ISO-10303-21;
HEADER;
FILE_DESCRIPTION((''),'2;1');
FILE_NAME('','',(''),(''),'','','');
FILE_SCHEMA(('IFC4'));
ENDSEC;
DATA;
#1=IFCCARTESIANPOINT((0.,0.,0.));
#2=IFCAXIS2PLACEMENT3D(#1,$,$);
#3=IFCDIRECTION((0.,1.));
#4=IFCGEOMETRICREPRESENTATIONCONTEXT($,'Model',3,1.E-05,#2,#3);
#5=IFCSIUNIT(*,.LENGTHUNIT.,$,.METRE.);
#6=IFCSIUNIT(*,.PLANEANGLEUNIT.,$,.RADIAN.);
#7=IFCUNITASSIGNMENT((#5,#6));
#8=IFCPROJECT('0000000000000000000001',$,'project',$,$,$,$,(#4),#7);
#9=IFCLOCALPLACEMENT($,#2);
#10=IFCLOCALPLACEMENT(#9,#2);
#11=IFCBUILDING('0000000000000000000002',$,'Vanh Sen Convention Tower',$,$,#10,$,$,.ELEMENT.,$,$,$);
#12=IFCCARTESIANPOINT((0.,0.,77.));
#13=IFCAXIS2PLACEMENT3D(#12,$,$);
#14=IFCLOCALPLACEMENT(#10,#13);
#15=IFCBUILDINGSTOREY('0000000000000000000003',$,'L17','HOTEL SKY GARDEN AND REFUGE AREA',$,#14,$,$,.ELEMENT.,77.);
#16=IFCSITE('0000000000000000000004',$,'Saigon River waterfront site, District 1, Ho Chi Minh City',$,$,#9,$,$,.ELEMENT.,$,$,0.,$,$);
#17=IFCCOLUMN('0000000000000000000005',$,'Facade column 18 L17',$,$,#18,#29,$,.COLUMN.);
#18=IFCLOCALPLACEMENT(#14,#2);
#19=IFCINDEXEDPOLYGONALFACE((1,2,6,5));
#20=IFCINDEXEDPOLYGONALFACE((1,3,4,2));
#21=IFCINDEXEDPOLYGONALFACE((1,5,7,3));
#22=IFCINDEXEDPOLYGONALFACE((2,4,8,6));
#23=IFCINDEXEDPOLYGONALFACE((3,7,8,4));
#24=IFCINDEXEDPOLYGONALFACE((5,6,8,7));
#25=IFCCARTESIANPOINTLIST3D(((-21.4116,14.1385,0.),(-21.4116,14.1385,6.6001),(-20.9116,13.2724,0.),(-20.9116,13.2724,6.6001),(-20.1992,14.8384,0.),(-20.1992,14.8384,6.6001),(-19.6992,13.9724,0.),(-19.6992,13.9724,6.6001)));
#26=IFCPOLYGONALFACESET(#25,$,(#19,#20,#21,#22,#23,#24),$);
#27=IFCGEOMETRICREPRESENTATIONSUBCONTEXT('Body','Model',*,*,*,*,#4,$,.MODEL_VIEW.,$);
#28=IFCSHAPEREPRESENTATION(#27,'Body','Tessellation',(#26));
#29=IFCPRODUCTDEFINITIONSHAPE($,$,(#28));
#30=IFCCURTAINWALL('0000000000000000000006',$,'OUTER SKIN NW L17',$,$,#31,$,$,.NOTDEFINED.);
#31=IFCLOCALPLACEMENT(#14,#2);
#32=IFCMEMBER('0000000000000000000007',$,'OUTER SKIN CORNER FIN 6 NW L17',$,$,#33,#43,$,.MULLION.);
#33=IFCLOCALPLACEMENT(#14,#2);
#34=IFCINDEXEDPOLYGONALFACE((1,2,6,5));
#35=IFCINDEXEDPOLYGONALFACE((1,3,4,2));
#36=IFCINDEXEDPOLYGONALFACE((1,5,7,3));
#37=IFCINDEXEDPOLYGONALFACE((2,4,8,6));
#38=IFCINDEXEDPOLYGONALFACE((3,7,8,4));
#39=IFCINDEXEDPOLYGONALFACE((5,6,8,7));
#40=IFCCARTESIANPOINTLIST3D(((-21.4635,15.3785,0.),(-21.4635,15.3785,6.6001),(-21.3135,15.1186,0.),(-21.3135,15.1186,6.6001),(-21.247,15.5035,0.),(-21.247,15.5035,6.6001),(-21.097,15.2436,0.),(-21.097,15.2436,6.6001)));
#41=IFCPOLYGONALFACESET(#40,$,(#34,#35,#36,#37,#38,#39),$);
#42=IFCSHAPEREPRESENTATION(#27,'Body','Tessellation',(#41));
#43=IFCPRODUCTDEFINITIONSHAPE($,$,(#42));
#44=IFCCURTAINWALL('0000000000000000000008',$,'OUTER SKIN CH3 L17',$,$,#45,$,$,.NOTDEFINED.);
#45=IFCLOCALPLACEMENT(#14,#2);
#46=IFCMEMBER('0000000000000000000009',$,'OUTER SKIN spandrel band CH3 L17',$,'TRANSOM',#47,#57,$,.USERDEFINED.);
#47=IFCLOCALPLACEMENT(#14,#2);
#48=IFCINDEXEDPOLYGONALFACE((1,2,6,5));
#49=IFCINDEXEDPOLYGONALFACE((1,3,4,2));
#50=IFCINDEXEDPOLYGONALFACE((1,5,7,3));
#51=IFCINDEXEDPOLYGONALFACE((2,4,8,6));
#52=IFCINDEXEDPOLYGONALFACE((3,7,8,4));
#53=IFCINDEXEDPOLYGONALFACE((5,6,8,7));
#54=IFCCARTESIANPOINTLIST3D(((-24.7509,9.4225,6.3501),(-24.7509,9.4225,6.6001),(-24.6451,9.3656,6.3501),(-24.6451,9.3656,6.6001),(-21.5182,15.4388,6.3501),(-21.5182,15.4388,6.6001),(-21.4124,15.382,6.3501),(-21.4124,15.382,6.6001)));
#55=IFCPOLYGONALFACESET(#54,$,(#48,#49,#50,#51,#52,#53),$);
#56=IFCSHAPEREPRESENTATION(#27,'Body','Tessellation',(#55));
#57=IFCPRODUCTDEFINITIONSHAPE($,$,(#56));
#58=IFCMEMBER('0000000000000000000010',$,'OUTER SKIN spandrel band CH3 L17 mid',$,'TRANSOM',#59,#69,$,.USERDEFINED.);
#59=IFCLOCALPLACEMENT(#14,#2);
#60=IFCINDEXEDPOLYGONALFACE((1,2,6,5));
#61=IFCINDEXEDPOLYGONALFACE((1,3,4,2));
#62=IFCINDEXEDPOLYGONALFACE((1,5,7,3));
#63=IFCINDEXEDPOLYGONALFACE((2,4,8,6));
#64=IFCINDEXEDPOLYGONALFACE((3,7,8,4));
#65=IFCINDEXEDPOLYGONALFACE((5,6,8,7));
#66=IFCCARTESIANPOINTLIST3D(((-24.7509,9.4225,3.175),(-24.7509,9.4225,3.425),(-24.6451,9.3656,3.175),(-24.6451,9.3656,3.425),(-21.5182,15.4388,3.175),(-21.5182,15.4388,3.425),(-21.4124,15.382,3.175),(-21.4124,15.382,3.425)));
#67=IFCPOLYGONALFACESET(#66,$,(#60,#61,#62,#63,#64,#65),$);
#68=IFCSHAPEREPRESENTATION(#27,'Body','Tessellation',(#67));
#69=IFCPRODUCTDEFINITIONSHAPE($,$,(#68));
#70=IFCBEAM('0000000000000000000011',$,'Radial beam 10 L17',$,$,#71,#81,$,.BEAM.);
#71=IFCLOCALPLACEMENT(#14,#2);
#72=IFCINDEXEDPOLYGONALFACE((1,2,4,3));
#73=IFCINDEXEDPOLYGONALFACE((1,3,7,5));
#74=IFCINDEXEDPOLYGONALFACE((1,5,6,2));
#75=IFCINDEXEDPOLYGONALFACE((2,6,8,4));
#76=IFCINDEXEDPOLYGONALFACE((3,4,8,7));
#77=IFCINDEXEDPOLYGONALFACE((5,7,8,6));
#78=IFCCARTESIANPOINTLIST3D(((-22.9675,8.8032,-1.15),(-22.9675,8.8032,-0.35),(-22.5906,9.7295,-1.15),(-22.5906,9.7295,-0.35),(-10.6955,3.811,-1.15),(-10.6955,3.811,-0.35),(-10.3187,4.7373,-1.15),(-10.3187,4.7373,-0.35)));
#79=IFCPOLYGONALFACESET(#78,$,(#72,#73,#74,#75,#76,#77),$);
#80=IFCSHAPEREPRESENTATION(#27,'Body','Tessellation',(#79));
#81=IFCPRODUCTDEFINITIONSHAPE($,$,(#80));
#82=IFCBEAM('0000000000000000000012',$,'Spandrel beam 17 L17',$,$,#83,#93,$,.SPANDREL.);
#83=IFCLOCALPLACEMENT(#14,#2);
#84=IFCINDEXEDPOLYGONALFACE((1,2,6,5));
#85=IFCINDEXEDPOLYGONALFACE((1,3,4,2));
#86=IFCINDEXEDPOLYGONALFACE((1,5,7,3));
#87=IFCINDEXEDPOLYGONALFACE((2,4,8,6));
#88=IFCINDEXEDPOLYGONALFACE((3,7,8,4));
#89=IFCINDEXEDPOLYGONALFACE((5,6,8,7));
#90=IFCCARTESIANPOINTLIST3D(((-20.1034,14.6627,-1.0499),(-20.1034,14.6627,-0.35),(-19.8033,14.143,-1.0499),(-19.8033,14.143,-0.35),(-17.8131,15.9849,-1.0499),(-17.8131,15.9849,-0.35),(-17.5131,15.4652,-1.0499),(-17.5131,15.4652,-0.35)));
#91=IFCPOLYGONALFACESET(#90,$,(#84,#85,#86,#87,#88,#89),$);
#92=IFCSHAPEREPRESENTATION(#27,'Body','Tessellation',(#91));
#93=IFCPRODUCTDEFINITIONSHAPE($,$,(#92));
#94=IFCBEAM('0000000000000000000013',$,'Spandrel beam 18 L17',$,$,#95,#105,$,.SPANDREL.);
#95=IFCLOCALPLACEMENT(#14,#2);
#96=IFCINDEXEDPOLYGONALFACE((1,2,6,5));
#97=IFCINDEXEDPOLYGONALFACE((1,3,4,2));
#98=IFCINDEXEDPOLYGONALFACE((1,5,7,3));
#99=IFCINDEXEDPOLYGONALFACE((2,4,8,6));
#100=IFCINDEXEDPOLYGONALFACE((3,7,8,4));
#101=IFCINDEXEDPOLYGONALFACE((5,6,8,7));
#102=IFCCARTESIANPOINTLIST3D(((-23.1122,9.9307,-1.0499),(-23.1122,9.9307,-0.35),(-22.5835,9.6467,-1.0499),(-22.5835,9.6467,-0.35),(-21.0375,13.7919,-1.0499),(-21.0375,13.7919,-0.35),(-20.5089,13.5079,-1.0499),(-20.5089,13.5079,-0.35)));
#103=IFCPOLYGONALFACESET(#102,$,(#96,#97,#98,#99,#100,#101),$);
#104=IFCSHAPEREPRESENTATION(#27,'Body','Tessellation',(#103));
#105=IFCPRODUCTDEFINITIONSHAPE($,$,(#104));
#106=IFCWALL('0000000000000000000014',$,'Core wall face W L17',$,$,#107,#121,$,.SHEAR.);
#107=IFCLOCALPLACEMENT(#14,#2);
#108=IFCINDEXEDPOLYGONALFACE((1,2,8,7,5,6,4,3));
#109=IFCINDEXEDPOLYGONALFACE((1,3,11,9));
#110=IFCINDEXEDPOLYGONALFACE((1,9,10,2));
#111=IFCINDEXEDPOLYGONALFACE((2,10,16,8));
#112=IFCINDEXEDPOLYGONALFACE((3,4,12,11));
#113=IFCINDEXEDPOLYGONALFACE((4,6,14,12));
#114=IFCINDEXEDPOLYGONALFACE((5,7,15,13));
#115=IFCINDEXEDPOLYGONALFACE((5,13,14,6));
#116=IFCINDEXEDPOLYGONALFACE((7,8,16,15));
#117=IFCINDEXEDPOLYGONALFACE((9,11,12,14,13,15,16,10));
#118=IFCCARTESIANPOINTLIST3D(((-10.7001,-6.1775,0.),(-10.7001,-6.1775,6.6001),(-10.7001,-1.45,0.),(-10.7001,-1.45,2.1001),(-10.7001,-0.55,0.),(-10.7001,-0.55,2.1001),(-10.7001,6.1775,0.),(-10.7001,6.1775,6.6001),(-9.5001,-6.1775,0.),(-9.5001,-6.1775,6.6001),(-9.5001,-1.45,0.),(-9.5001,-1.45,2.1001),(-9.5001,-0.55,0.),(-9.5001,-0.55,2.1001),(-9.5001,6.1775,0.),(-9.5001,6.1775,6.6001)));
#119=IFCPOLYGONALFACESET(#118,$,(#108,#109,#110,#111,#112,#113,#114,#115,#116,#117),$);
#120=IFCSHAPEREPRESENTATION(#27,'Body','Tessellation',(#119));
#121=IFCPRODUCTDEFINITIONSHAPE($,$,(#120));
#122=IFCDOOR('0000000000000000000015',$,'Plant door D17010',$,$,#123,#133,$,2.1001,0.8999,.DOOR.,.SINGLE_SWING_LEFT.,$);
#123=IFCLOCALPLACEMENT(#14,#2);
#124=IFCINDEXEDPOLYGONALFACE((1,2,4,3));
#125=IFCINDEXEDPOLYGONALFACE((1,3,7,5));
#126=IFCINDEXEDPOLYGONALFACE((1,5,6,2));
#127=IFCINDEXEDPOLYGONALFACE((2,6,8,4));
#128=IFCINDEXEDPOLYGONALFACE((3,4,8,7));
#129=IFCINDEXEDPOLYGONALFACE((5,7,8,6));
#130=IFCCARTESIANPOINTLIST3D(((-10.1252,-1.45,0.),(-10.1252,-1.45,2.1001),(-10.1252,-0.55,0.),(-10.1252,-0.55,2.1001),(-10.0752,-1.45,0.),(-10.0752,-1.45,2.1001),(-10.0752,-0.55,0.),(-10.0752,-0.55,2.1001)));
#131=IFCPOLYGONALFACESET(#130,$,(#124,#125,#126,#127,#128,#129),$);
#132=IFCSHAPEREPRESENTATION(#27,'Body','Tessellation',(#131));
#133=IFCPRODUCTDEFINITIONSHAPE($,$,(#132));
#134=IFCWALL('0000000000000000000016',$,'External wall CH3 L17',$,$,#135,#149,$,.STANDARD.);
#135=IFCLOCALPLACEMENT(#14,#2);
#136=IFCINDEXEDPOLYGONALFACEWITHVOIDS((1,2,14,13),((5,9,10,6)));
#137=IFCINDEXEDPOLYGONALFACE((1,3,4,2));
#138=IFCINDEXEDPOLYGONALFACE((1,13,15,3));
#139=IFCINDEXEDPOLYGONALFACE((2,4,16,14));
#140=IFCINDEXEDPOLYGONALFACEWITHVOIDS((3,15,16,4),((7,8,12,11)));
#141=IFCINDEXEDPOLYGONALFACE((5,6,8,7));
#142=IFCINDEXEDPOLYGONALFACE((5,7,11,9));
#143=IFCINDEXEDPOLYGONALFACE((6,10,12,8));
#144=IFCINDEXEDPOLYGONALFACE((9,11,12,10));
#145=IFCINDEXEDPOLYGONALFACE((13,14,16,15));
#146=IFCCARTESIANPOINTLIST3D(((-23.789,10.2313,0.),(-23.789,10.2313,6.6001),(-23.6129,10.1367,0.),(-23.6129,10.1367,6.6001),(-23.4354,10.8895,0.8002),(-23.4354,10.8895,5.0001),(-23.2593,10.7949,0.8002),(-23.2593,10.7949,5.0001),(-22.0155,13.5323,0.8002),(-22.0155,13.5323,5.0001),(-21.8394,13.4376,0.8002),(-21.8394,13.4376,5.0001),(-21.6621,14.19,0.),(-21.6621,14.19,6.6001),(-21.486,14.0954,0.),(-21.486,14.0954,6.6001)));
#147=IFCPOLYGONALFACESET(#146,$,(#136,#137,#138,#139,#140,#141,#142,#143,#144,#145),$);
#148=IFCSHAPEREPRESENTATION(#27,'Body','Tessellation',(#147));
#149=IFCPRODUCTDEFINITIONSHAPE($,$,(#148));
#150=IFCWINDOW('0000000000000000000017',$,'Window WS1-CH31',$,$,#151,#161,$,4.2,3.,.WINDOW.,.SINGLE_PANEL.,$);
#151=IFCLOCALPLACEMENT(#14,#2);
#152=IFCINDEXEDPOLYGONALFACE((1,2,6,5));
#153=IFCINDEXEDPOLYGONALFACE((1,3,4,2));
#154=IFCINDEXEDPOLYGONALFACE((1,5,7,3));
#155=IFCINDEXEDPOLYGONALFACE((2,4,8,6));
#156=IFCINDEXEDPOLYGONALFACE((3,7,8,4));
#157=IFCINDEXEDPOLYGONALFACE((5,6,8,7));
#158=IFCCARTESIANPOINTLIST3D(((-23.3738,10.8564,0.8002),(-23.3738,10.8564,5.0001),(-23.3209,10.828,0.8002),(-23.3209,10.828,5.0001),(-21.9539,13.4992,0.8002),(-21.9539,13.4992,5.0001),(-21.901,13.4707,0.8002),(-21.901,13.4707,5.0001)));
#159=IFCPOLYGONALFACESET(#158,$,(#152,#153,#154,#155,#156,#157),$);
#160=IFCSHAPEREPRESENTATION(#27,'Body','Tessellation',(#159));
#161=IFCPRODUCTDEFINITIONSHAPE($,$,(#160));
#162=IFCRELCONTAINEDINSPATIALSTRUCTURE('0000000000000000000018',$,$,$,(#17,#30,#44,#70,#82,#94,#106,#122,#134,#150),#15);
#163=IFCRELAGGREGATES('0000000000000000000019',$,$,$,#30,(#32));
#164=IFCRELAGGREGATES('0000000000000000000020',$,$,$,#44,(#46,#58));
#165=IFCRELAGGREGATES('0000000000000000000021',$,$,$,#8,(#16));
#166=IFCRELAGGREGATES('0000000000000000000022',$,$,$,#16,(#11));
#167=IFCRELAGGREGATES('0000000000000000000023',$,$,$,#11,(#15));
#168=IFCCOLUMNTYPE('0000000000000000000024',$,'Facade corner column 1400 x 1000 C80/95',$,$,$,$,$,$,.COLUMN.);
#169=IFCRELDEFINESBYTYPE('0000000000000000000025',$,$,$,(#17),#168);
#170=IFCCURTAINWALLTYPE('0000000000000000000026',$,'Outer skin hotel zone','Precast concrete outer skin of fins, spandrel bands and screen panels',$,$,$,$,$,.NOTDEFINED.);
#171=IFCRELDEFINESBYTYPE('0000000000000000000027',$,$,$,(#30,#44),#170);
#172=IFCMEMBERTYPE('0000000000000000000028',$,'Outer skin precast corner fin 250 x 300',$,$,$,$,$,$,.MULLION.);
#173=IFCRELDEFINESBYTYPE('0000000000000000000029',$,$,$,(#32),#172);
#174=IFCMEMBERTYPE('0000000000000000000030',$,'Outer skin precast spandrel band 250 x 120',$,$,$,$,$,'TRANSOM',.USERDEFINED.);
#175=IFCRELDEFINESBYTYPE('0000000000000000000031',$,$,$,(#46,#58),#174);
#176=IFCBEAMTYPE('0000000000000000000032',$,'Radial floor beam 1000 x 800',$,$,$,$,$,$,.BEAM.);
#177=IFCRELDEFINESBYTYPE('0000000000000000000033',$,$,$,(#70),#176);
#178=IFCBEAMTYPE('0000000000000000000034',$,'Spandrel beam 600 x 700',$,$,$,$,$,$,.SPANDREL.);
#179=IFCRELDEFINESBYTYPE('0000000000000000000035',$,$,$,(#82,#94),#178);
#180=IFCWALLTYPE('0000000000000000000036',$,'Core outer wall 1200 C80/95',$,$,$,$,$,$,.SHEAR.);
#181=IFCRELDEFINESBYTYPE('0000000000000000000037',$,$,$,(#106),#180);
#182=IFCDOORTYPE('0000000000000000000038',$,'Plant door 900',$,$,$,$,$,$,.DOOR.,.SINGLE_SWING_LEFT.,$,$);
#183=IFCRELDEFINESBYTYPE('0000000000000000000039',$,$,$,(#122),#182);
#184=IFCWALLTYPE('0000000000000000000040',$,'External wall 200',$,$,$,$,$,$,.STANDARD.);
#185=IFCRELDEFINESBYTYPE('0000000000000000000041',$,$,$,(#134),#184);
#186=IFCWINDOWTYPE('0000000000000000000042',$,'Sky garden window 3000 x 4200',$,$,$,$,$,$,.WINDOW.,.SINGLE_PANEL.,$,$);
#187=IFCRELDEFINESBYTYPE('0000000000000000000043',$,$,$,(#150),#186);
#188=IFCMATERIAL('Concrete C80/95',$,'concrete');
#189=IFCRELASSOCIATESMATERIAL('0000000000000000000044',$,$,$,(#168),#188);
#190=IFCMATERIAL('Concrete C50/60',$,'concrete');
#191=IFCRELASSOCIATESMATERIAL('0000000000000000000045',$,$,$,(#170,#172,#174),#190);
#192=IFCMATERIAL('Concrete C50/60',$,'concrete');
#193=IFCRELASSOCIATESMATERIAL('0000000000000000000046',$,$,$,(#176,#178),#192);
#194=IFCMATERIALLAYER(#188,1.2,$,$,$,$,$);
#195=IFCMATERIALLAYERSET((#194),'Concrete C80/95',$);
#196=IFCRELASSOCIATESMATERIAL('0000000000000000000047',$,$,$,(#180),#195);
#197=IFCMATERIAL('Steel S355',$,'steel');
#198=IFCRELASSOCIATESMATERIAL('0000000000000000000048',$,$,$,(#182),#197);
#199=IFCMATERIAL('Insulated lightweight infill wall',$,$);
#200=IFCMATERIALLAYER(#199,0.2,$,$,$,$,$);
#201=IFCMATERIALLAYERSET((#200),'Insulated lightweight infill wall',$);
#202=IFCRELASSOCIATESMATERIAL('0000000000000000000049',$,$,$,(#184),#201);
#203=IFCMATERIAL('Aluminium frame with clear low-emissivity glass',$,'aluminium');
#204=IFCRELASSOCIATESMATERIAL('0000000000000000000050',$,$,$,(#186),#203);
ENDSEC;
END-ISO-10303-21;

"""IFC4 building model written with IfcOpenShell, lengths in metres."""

from ifc_helpers import new_model, si_unit, direction, frame, frame_2d, origin, origin_2d, place, context, subcontext, project, spatial, rectangle, extrude, material, layer, layer_set, material_profile, profile_set, type_object, element, fill, aggregate, save


model = new_model("IFC4")

# Units and contexts
model_context = context("Model", 3, precision=1e-05, world=origin(), true_north=direction((0.0, 1.0)))
body_context = subcontext(model_context, "Body", "Model", "MODEL_VIEW")
ifc_project = project(units=[si_unit("LENGTHUNIT", "METRE"), si_unit("PLANEANGLEUNIT", "RADIAN")], contexts=[model_context])

# Site, building, storey
site_placement = place(None, origin())
site = spatial("IfcSite", under=ifc_project, at=site_placement, Name="Saigon River waterfront site, District 1, Ho Chi Minh City", CompositionType="ELEMENT", RefElevation=0.0)
building_placement = place(site_placement, origin())
building = spatial("IfcBuilding", under=site, at=building_placement, Name="Vanh Sen Convention Tower", CompositionType="ELEMENT")
storey_placement = place(building_placement, frame((0.0, 0.0, 77.0)))
storey = spatial("IfcBuildingStorey", under=building, at=storey_placement, Name="L17", Description="HOTEL SKY GARDEN AND REFUGE AREA", CompositionType="ELEMENT", Elevation=77.0)

# Column
ifc_material_1 = material(Name="Concrete C80/95", Category="concrete")
ifc_material_profile_1 = material_profile(ifc_material_1, rectangle(XDim=1.3999, YDim=1.0, at=origin_2d()), Name="RC 1400X1000")
ifc_profile_set_1 = profile_set([ifc_material_profile_1], Name="Concrete C80/95")
column_type = type_object("IfcColumnType", Name="Facade corner column 1400 x 1000 C80/95", PredefinedType="COLUMN", material=ifc_profile_set_1)
column_placement = place(storey_placement, frame((-20.5554, 14.0554, 0.0), z_axis=(0.0, 0.0, 1.0), x_axis=(-0.866025, -0.5, 0.0)))
element("IfcColumn", 1, at=column_placement, inside=storey, type_object=column_type, Name="Facade column 18 L17", PredefinedType="COLUMN", context=body_context, shape_type="SweptSolid", body=[
    extrude(rectangle(XDim=1.3999, YDim=1.0, at=origin_2d()), origin(), (0.0, 0.0, 1.0), 6.6001),
])

# Curtain wall, member
ifc_material_2 = material(Name="Concrete C50/60", Category="concrete")
curtain_wall_type = type_object("IfcCurtainWallType", Name="Outer skin hotel zone", Description="Precast concrete outer skin of fins, spandrel bands and screen panels", PredefinedType="NOTDEFINED", material=ifc_material_2)
curtain_wall_1_placement = place(storey_placement, origin())
curtain_wall_1 = element("IfcCurtainWall", 2, at=curtain_wall_1_placement, inside=storey, type_object=curtain_wall_type, Name="OUTER SKIN NW L17", PredefinedType="NOTDEFINED")
ifc_material_profile_2 = material_profile(ifc_material_2, rectangle(XDim=0.25, YDim=0.3, at=origin_2d()), Name="Outer skin precast corner fin 250 x 300")
ifc_profile_set_2 = profile_set([ifc_material_profile_2], Name="Concrete C50/60")
member_type_1 = type_object("IfcMemberType", Name="Outer skin precast corner fin 250 x 300", PredefinedType="MULLION", material=ifc_profile_set_2)
member_1_placement = place(storey_placement, frame((-21.2803, 15.311, 0.0), z_axis=(0.0, 0.0, 1.0), x_axis=(-0.866025, -0.5, 0.0)))
member_1 = element("IfcMember", 3, at=member_1_placement, type_object=member_type_1, Name="OUTER SKIN CORNER FIN 6 NW L17", PredefinedType="MULLION", context=body_context, shape_type="SweptSolid", body=[
    extrude(rectangle(XDim=0.25, YDim=0.3, at=origin_2d()), origin(), (0.0, 0.0, 1.0), 6.6001),
])
aggregate(curtain_wall_1, [member_1])

# Curtain wall, members
curtain_wall_2_placement = place(storey_placement, origin())
curtain_wall_2 = element("IfcCurtainWall", 4, at=curtain_wall_2_placement, inside=storey, type_object=curtain_wall_type, Name="OUTER SKIN CH3 L17", PredefinedType="NOTDEFINED")
ifc_material_profile_3 = material_profile(ifc_material_2, rectangle(XDim=0.1201, YDim=0.25, at=origin_2d()), Name="Outer skin precast spandrel band 250 x 120")
ifc_profile_set_3 = profile_set([ifc_material_profile_3], Name="Concrete C50/60")
member_type_2 = type_object("IfcMemberType", Name="Outer skin precast spandrel band 250 x 120", ElementType="TRANSOM", PredefinedType="USERDEFINED", material=ifc_profile_set_3)
member_2_placement = place(storey_placement, frame((-21.4653, 15.4104, 6.4751), z_axis=(-0.473315, -0.880893, 0.0), x_axis=(0.880893, -0.473315, 0.0)))
member_2 = element("IfcMember", 5, at=member_2_placement, type_object=member_type_2, Name="OUTER SKIN spandrel band CH3 L17", ObjectType="TRANSOM", PredefinedType="USERDEFINED", context=body_context, shape_type="SweptSolid", body=[
    extrude(rectangle(XDim=0.1201, YDim=0.25, at=origin_2d()), origin(), (0.0, 0.0, 1.0), 6.8298),
])
member_3_placement = place(storey_placement, frame((-21.4653, 15.4104, 3.3), z_axis=(-0.473315, -0.880893, 0.0), x_axis=(0.880893, -0.473315, 0.0)))
member_3 = element("IfcMember", 6, at=member_3_placement, type_object=member_type_2, Name="OUTER SKIN spandrel band CH3 L17 mid", ObjectType="TRANSOM", PredefinedType="USERDEFINED", context=body_context, shape_type="SweptSolid", body=[
    extrude(rectangle(XDim=0.1201, YDim=0.25, at=origin_2d()), origin(), (0.0, 0.0, 1.0), 6.8298),
])
aggregate(curtain_wall_2, [member_2, member_3])

# Beams
ifc_material_3 = material(Name="Concrete C50/60", Category="concrete")
ifc_material_profile_4 = material_profile(ifc_material_3, rectangle(XDim=1.0, YDim=0.8, at=origin_2d()), Name="RC 1000X800")
ifc_profile_set_4 = profile_set([ifc_material_profile_4], Name="Concrete C50/60")
beam_type_1 = type_object("IfcBeamType", Name="Radial floor beam 1000 x 800", PredefinedType="BEAM", material=ifc_profile_set_4)
beam_1_placement = place(storey_placement, frame((-22.7791, 9.2664, -0.75), z_axis=(0.92629, -0.376811, 0.0), x_axis=(0.376811, 0.92629, 0.0)))
element("IfcBeam", 7, at=beam_1_placement, inside=storey, type_object=beam_type_1, Name="Radial beam 10 L17", PredefinedType="BEAM", context=body_context, shape_type="SweptSolid", body=[
    extrude(rectangle(XDim=1.0, YDim=0.8, at=origin_2d()), origin(), (0.0, 0.0, 1.0), 13.2485),
])
ifc_material_profile_5 = material_profile(ifc_material_3, rectangle(XDim=0.6001, YDim=0.7, at=origin_2d()), Name="RC 600X700")
ifc_profile_set_5 = profile_set([ifc_material_profile_5], Name="Concrete C50/60")
beam_type_2 = type_object("IfcBeamType", Name="Spandrel beam 600 x 700", PredefinedType="SPANDREL", material=ifc_profile_set_5)
beam_2_placement = place(storey_placement, frame((-17.6631, 15.7251, -0.7), z_axis=(-0.86603, -0.499991, 0.0), x_axis=(0.499991, -0.86603, 0.0)))
element("IfcBeam", 8, at=beam_2_placement, inside=storey, type_object=beam_type_2, Name="Spandrel beam 17 L17", PredefinedType="SPANDREL", context=body_context, shape_type="SweptSolid", body=[
    extrude(rectangle(XDim=0.6001, YDim=0.7, at=origin_2d()), origin(), (0.0, 0.0, 1.0), 2.6445),
])
beam_3_placement = place(storey_placement, frame((-20.7732, 13.6499, -0.7), z_axis=(-0.473309, -0.880896, 0.0), x_axis=(0.880896, -0.473309, 0.0)))
element("IfcBeam", 9, at=beam_3_placement, inside=storey, type_object=beam_type_2, Name="Spandrel beam 18 L17", PredefinedType="SPANDREL", context=body_context, shape_type="SweptSolid", body=[
    extrude(rectangle(XDim=0.6001, YDim=0.7, at=origin_2d()), origin(), (0.0, 0.0, 1.0), 4.3833),
])

# Wall, opening, door
ifc_layer_1 = layer(ifc_material_1, 1.2)
ifc_layer_set_1 = layer_set([ifc_layer_1], Name="Concrete C80/95")
wall_type_1 = type_object("IfcWallType", Name="Core outer wall 1200 C80/95", PredefinedType="SHEAR", material=ifc_layer_set_1)
wall_1_placement = place(storey_placement, frame((-10.1001, 6.1775, 0.0), z_axis=(0.0, 0.0, 1.0), x_axis=(0.0, -1.0, 0.0)))
wall_1 = element("IfcWall", 10, at=wall_1_placement, inside=storey, type_object=wall_type_1, Name="Core wall face W L17", PredefinedType="SHEAR", context=body_context, shape_type="SweptSolid", body=[
    extrude(rectangle(XDim=12.355, YDim=1.2, at=frame_2d((6.1775, 0.0))), origin(), (0.0, 0.0, 1.0), 6.6001),
])
opening_1_placement = place(wall_1_placement, frame((6.7275, 0.0, 0.0)))
opening_1 = element("IfcOpeningElement", 11, at=opening_1_placement, cuts=wall_1, PredefinedType="OPENING", context=body_context, shape_type="SweptSolid", body=[
    extrude(rectangle(XDim=0.8999, YDim=2.1001, at=frame_2d((0.45, 1.05))), frame((0.0, 0.6099, 0.0), z_axis=(0.0, -1.0, 0.0), x_axis=(1.0, 0.0, 0.0)), (0.0, 0.0, 1.0), 1.22),
])
ifc_material_4 = material(Name="Steel S355", Category="steel")
door_type_1 = type_object("IfcDoorType", Name="Plant door 900", OperationType="SINGLE_SWING_LEFT", PredefinedType="DOOR", material=ifc_material_4)
door_1_placement = place(opening_1_placement, origin())
door_1 = element("IfcDoor", 12, at=door_1_placement, inside=storey, type_object=door_type_1, Name="Plant door D17010", OperationType="SINGLE_SWING_LEFT", OverallHeight=2.1001, OverallWidth=0.8999, PredefinedType="DOOR", context=body_context, shape_type="SweptSolid", body=[
    extrude(rectangle(XDim=0.8999, YDim=2.1001, at=frame_2d((0.45, 1.05))), frame((0.0, 0.0249, 0.0), z_axis=(0.0, -1.0, 0.0), x_axis=(1.0, 0.0, 0.0)), (0.0, 0.0, 1.0), 0.05),
])
fill(opening_1, door_1)

# Wall, opening, window
ifc_material_5 = material(Name="Insulated lightweight infill wall")
ifc_layer_2 = layer(ifc_material_5, 0.2)
ifc_layer_set_2 = layer_set([ifc_layer_2], Name="Insulated lightweight infill wall")
wall_type_2 = type_object("IfcWallType", Name="External wall 200", PredefinedType="STANDARD", material=ifc_layer_set_2)
wall_2_placement = place(storey_placement, frame((-21.574, 14.1428, 0.0), z_axis=(0.0, 0.0, 1.0), x_axis=(-0.473293, -0.880905, 0.0)))
wall_2 = element("IfcWall", 13, at=wall_2_placement, inside=storey, type_object=wall_type_2, Name="External wall CH3 L17", PredefinedType="STANDARD", context=body_context, shape_type="SweptSolid", body=[
    extrude(rectangle(XDim=4.4939, YDim=0.2, at=frame_2d((2.2471, 0.0))), origin(), (0.0, 0.0, 1.0), 6.6001),
])
opening_2_placement = place(wall_2_placement, frame((0.7468, 0.0, 0.8)))
opening_2 = element("IfcOpeningElement", 14, at=opening_2_placement, cuts=wall_2, PredefinedType="OPENING", context=body_context, shape_type="SweptSolid", body=[
    extrude(rectangle(XDim=3.0, YDim=4.2, at=frame_2d((1.5, 2.1001))), frame((0.0, 0.1099, 0.0), z_axis=(0.0, -1.0, 0.0), x_axis=(1.0, 0.0, 0.0)), (0.0, 0.0, 1.0), 0.22),
])
ifc_material_6 = material(Name="Aluminium frame with clear low-emissivity glass", Category="aluminium")
window_type = type_object("IfcWindowType", Name="Sky garden window 3000 x 4200", PartitioningType="SINGLE_PANEL", PredefinedType="WINDOW", material=ifc_material_6)
window_placement = place(opening_2_placement, origin())
window = element("IfcWindow", 15, at=window_placement, inside=storey, type_object=window_type, Name="Window WS1-CH31", OverallHeight=4.2, OverallWidth=3.0, PartitioningType="SINGLE_PANEL", PredefinedType="WINDOW", context=body_context, shape_type="SweptSolid", body=[
    extrude(rectangle(XDim=3.0, YDim=4.2, at=frame_2d((1.5, 2.1001))), frame((0.0, 0.03, 0.0), z_axis=(0.0, -1.0, 0.0), x_axis=(1.0, 0.0, 0.0)), (0.0, 0.0, 1.0), 0.0601),
])
fill(opening_2, window)

save(model, "model.ifc")
